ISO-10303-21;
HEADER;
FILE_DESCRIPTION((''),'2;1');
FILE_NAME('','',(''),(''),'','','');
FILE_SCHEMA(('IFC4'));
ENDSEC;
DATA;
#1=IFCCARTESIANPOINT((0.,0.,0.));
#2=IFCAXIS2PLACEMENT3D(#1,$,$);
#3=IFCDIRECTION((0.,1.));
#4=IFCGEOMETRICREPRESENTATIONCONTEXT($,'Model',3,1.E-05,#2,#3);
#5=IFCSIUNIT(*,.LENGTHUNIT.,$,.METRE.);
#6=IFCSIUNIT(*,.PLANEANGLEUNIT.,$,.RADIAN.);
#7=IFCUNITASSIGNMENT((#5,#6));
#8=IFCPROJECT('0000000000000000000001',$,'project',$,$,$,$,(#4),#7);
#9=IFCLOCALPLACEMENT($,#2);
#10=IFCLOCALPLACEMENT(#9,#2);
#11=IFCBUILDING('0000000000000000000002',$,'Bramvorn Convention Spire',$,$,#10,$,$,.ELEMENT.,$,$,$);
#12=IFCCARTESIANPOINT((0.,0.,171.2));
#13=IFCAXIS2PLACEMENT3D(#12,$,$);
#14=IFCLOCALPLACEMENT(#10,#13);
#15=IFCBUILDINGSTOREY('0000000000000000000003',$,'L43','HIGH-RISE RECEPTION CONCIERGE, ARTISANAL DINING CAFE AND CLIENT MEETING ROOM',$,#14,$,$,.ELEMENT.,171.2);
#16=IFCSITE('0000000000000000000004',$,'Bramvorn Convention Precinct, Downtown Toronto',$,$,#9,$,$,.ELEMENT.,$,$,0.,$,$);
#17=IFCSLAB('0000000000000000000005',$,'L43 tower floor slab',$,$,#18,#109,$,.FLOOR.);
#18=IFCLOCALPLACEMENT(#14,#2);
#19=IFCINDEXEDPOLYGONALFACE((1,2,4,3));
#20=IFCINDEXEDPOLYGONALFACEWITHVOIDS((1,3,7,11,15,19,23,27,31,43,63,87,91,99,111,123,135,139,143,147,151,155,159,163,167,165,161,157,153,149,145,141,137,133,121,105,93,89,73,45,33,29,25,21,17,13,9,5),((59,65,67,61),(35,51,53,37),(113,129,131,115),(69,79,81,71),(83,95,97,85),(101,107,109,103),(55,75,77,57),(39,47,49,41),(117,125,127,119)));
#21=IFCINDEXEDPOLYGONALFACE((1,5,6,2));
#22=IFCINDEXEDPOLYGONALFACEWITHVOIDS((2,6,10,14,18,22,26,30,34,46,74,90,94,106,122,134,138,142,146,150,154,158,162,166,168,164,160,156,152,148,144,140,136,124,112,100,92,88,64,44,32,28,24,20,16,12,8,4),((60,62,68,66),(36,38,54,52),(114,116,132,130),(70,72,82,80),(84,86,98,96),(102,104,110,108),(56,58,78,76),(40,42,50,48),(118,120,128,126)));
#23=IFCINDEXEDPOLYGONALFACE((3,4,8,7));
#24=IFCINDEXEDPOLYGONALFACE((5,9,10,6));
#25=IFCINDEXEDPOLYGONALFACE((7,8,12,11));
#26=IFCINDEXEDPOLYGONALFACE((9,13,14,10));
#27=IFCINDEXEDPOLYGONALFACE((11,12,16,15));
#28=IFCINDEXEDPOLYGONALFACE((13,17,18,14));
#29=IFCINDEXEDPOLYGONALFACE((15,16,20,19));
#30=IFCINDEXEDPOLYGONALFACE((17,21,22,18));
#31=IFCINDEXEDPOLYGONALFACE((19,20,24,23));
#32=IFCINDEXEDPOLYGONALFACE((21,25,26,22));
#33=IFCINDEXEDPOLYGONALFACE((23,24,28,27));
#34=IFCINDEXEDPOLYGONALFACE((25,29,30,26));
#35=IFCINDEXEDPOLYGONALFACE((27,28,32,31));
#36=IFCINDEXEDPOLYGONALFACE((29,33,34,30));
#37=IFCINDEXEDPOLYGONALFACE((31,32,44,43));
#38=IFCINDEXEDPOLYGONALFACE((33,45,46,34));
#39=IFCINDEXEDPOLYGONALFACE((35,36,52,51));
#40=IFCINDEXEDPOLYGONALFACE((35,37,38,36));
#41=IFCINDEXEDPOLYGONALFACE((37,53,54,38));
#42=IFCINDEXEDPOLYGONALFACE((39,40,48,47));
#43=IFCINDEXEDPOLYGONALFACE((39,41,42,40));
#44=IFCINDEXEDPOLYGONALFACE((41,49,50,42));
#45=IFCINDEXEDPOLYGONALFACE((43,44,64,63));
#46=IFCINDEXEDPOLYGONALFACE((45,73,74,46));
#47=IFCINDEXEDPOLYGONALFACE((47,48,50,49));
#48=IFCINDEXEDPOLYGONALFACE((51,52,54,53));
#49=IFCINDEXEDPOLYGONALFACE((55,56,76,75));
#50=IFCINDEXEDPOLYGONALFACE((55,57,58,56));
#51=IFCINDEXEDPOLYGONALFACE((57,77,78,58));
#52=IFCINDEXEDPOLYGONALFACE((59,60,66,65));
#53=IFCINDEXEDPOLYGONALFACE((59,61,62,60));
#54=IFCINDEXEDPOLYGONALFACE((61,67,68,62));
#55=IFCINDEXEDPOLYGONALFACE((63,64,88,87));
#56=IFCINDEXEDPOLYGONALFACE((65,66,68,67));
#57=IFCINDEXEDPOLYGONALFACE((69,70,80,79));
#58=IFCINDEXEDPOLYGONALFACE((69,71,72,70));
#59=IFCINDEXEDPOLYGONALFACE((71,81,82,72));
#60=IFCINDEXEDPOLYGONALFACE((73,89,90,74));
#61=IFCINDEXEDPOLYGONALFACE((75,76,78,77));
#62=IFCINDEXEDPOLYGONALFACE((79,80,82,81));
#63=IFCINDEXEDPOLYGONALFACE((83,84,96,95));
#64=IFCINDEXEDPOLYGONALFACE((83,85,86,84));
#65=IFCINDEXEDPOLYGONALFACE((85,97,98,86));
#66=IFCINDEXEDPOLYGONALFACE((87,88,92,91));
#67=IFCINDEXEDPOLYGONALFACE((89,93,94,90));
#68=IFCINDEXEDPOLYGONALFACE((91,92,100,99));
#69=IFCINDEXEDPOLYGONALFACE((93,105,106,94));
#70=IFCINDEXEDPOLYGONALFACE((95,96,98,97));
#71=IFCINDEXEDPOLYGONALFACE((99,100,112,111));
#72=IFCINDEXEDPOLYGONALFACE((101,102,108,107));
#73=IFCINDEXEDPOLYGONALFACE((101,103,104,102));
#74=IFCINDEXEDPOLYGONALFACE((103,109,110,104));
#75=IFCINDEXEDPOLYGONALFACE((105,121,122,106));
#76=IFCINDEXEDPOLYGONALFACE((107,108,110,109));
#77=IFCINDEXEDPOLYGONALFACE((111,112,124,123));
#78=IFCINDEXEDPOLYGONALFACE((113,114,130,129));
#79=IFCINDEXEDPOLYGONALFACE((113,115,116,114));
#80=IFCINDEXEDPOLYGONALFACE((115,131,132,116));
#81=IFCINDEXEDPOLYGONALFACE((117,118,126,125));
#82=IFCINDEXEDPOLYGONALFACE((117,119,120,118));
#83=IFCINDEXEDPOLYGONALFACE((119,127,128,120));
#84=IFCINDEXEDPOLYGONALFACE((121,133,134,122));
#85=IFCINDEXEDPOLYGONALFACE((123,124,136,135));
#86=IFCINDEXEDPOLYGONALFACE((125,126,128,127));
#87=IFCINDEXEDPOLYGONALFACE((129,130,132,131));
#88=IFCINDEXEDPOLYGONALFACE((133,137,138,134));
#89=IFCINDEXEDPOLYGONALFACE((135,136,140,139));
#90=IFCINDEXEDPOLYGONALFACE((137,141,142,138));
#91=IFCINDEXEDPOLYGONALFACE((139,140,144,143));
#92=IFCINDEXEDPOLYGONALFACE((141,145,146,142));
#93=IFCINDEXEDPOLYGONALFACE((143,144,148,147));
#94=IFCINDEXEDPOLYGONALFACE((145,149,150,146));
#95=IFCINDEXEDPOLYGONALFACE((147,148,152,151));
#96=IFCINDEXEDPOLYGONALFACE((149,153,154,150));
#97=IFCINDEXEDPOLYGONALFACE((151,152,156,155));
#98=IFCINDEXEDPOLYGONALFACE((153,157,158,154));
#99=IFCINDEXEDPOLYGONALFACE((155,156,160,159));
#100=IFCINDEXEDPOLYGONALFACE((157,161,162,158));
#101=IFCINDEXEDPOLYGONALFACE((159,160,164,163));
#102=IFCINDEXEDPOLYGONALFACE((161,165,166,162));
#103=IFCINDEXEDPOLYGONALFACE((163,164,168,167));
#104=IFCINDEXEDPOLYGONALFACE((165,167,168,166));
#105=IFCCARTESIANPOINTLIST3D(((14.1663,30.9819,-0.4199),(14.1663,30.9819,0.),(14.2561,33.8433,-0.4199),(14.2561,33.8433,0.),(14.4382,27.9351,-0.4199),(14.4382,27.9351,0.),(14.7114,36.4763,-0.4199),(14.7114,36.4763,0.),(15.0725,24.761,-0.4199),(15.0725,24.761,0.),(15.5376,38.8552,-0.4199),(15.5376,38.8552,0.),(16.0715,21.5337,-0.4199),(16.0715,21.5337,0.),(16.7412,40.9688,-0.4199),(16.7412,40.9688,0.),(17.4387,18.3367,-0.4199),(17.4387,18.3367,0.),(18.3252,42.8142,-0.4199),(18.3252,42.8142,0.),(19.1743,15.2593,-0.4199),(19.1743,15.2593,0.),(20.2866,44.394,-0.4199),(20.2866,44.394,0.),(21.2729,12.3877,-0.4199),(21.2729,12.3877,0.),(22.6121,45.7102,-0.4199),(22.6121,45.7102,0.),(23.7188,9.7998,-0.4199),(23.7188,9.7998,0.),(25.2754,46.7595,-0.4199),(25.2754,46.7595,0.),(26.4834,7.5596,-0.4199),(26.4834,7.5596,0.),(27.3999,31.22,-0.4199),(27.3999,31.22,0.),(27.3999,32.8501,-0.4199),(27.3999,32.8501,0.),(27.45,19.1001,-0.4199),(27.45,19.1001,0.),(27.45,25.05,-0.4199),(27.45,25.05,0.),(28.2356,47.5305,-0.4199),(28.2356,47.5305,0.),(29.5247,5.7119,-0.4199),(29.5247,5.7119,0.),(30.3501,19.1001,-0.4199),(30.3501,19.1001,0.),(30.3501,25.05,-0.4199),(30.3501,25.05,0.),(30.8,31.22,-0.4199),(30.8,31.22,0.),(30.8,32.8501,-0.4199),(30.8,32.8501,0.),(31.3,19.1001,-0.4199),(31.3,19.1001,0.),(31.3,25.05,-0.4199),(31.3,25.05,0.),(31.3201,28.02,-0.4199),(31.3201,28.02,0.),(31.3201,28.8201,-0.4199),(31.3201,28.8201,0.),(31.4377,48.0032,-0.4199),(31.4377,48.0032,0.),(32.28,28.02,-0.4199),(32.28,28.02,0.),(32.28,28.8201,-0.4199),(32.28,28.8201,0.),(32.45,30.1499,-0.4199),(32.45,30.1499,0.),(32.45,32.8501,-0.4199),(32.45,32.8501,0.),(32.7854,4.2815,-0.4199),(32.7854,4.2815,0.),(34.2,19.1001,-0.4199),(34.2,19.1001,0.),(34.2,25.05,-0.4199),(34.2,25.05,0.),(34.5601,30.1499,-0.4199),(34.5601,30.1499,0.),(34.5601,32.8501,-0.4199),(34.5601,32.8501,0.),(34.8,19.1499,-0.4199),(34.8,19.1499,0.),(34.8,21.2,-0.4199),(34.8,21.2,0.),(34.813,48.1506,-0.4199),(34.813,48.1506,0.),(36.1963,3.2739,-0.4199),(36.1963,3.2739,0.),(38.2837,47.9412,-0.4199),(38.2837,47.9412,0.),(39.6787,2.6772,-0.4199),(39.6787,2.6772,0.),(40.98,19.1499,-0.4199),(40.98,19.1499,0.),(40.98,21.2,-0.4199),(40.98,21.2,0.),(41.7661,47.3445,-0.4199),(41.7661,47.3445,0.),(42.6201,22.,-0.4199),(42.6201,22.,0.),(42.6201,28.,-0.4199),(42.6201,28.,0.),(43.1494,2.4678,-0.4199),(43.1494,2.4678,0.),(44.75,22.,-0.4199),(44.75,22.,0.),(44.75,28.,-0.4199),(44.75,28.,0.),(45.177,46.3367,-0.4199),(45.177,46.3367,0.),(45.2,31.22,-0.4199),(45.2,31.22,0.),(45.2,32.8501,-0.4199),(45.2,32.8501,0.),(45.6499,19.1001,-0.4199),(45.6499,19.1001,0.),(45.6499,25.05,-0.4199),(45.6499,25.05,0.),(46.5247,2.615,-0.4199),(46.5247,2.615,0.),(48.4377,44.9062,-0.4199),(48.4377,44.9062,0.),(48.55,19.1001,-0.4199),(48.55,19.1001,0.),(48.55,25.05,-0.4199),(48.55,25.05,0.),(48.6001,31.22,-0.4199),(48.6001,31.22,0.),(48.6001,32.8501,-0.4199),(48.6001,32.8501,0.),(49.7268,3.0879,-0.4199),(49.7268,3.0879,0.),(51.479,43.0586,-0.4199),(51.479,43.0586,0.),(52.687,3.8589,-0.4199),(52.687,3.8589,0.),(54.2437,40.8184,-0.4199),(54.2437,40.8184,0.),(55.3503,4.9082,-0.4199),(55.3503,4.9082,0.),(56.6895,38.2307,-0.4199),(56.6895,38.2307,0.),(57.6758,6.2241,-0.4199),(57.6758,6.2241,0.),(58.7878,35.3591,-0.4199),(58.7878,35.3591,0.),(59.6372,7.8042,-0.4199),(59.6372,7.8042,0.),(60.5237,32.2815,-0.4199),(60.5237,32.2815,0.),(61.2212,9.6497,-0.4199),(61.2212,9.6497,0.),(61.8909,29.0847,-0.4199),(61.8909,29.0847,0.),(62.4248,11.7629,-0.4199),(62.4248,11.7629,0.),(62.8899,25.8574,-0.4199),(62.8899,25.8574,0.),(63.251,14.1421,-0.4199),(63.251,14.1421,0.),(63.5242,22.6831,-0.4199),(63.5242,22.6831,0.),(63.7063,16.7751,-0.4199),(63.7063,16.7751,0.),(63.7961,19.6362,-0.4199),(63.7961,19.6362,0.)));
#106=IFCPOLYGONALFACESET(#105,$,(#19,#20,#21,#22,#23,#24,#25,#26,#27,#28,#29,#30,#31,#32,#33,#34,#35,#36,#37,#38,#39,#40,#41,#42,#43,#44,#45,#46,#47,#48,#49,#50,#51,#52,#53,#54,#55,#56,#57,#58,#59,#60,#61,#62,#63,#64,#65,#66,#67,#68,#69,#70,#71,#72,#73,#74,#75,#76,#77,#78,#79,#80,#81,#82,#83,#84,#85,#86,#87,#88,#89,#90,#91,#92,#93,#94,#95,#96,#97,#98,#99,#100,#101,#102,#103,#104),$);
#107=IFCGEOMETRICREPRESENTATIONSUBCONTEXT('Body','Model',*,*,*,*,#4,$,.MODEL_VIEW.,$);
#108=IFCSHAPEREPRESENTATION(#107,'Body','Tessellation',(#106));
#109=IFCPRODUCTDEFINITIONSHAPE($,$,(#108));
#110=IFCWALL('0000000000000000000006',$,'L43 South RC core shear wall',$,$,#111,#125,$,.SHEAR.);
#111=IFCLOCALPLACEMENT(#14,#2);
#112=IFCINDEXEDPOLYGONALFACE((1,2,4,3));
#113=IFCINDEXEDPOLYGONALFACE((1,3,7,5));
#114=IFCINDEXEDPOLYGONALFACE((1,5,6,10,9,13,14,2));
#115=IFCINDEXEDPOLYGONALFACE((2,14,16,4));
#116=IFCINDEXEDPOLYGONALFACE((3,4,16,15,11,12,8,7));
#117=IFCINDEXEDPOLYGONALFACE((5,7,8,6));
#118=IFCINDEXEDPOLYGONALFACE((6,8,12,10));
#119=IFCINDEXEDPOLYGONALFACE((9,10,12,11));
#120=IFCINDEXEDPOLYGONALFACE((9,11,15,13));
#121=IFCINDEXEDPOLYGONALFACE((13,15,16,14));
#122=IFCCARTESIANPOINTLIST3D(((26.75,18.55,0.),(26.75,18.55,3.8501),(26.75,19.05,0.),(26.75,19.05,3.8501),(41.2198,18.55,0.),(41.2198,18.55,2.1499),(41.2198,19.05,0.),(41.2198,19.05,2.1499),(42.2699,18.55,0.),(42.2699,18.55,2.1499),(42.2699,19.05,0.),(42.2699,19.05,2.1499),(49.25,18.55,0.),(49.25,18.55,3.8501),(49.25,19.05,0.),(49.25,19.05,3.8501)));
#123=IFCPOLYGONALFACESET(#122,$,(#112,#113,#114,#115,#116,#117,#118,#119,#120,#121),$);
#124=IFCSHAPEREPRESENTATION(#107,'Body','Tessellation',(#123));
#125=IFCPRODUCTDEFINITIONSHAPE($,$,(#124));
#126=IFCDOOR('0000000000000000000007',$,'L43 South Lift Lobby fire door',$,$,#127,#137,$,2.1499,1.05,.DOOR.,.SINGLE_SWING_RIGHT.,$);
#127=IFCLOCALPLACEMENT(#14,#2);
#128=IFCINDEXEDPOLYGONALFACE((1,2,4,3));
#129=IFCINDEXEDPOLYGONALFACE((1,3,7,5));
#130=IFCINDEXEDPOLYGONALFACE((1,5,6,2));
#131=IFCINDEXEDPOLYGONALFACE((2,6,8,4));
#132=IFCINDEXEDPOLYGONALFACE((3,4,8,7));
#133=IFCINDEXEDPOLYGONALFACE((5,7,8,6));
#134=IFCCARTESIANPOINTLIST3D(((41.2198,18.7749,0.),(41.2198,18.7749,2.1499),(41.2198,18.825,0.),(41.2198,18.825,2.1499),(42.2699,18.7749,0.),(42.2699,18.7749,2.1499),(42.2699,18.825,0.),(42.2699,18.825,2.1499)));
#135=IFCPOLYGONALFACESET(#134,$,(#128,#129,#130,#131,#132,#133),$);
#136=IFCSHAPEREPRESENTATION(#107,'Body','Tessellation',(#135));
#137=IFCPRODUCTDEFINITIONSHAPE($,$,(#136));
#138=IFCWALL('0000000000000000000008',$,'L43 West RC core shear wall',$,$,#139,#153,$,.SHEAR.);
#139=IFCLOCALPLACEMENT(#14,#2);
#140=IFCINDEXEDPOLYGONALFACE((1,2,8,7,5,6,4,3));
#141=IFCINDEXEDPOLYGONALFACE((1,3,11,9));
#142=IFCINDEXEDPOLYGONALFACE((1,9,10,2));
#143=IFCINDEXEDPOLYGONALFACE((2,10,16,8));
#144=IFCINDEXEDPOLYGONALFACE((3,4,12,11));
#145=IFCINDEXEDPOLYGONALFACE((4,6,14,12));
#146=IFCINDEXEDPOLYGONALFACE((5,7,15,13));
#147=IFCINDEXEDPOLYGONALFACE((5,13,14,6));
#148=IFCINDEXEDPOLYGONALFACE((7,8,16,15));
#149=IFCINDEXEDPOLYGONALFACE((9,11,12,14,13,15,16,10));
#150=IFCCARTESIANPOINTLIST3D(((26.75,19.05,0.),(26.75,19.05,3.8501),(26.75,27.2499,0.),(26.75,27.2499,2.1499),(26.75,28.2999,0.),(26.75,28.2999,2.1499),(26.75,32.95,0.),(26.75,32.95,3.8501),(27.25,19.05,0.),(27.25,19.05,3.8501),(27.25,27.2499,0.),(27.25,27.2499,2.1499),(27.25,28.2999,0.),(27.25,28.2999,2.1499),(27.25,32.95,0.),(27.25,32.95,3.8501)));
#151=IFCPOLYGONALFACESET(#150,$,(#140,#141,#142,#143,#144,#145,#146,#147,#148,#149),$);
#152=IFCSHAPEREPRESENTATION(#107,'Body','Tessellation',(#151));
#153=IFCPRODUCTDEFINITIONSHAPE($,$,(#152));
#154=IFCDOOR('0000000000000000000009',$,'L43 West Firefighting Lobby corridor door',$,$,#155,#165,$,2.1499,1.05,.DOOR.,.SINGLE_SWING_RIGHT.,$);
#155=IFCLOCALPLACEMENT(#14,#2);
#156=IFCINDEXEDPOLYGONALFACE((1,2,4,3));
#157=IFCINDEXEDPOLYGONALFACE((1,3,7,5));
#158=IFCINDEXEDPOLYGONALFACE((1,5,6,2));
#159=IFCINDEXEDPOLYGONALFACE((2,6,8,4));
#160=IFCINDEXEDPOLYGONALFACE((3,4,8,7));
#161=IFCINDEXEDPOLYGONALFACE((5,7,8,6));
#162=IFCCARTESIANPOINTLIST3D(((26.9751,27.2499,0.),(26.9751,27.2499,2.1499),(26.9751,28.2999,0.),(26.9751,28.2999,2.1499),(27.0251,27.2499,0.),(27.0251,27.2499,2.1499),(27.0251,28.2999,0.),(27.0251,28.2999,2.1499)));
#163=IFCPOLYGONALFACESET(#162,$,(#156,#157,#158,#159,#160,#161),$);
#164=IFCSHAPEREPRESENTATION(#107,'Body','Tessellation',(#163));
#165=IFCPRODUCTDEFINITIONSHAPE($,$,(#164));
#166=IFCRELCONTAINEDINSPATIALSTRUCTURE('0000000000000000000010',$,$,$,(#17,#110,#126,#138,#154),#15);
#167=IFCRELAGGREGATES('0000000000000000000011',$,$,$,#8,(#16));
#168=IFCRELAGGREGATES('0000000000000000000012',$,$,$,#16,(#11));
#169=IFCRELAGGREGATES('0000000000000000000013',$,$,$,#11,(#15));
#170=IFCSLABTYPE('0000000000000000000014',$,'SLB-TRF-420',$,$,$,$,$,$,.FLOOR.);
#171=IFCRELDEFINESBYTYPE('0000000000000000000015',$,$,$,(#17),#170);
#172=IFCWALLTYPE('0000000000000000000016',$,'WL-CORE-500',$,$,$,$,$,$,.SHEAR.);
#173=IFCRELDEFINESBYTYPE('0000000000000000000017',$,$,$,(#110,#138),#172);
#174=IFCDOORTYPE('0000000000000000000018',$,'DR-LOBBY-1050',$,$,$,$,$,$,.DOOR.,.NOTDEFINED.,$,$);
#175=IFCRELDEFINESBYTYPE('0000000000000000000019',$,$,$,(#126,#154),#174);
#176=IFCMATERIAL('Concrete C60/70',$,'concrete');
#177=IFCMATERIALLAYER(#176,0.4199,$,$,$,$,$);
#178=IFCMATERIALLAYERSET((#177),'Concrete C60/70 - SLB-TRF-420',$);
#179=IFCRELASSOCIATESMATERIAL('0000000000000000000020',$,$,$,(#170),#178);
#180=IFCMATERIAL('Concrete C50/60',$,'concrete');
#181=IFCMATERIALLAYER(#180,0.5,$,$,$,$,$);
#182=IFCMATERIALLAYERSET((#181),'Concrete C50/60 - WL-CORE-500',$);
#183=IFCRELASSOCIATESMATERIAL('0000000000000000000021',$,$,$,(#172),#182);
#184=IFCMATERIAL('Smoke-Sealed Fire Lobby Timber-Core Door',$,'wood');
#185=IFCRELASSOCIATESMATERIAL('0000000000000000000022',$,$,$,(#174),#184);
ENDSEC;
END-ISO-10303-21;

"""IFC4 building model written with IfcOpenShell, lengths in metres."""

from ifc_helpers import new_model, si_unit, direction, frame, frame_2d, origin, place, context, subcontext, project, spatial, polyline, rectangle, outline, extrude, material, layer, layer_set, type_object, element, fill, save


model = new_model("IFC4")

# Units and contexts
model_context = context("Model", 3, precision=1e-05, world=origin(), true_north=direction((0.0, 1.0)))
body_context = subcontext(model_context, "Body", "Model", "MODEL_VIEW")
ifc_project = project(units=[si_unit("LENGTHUNIT", "METRE"), si_unit("PLANEANGLEUNIT", "RADIAN")], contexts=[model_context])

# Site, building, storey
site_placement = place(None, origin())
site = spatial("IfcSite", under=ifc_project, at=site_placement, Name="Bramvorn Convention Precinct, Downtown Toronto", CompositionType="ELEMENT", RefElevation=0.0)
building_placement = place(site_placement, origin())
building = spatial("IfcBuilding", under=site, at=building_placement, Name="Bramvorn Convention Spire", CompositionType="ELEMENT")
storey_placement = place(building_placement, frame((0.0, 0.0, 171.2)))
storey = spatial("IfcBuildingStorey", under=building, at=storey_placement, Name="L43", Description="HIGH-RISE RECEPTION CONCIERGE, ARTISANAL DINING CAFE AND CLIENT MEETING ROOM", CompositionType="ELEMENT", Elevation=171.2)

# Slab
ifc_material_1 = material(Name="Concrete C60/70", Category="concrete")
ifc_layer_1 = layer(ifc_material_1, 0.4199)
ifc_layer_set_1 = layer_set([ifc_layer_1], Name="Concrete C60/70 - SLB-TRF-420")
slab_type_1 = type_object("IfcSlabType", Name="SLB-TRF-420", PredefinedType="FLOOR", material=ifc_layer_set_1)
slab_1_placement = place(storey_placement, frame((0.0, 0.0, -0.4199)))
element("IfcSlab", 1, at=slab_1_placement, inside=storey, type_object=slab_type_1, Name="L43 tower floor slab", PredefinedType="FLOOR", context=body_context, shape_type="SweptSolid", body=[
    extrude(outline(polyline([(61.2212, 9.6497), (62.4248, 11.7629), (63.251, 14.1421), (63.7063, 16.7751), (63.7961, 19.6362), (63.5242, 22.6831), (62.8899, 25.8574), (61.8909, 29.0847), (60.5237, 32.2815), (58.7878, 35.3591), (56.6895, 38.2307), (54.2437, 40.8184), (51.479, 43.0586), (48.4377, 44.9062), (45.177, 46.3367), (41.7661, 47.3445), (38.2837, 47.9412), (34.813, 48.1506), (31.4377, 48.0032), (28.2356, 47.5305), (25.2754, 46.7595), (22.6121, 45.7102), (20.2866, 44.394), (18.3252, 42.8142), (16.7412, 40.9688), (15.5376, 38.8552), (14.7114, 36.4763), (14.2561, 33.8433), (14.1663, 30.9819), (14.4382, 27.9351), (15.0725, 24.761), (16.0715, 21.5337), (17.4387, 18.3367), (19.1743, 15.2593), (21.2729, 12.3877), (23.7188, 9.7998), (26.4834, 7.5596), (29.5247, 5.7119), (32.7854, 4.2815), (36.1963, 3.2739), (39.6787, 2.6772), (43.1494, 2.4678), (46.5247, 2.615), (49.7268, 3.0879), (52.687, 3.8589), (55.3503, 4.9082), (57.6758, 6.2241), (59.6372, 7.8042), (61.2212, 9.6497)]), holes=[polyline([(27.45, 25.05), (27.45, 19.1001), (30.3501, 19.1001), (30.3501, 25.05), (27.45, 25.05)]), polyline([(45.6499, 25.05), (45.6499, 19.1001), (48.55, 19.1001), (48.55, 25.05), (45.6499, 25.05)]), polyline([(31.3, 25.05), (31.3, 19.1001), (34.2, 19.1001), (34.2, 25.05), (31.3, 25.05)]), polyline([(27.3999, 31.22), (30.8, 31.22), (30.8, 32.8501), (27.3999, 32.8501), (27.3999, 31.22)]), polyline([(45.2, 31.22), (48.6001, 31.22), (48.6001, 32.8501), (45.2, 32.8501), (45.2, 31.22)]), polyline([(32.45, 30.1499), (34.5601, 30.1499), (34.5601, 32.8501), (32.45, 32.8501), (32.45, 30.1499)]), polyline([(34.8, 19.1499), (40.98, 19.1499), (40.98, 21.2), (34.8, 21.2), (34.8, 19.1499)]), polyline([(42.6201, 22.0), (44.75, 22.0), (44.75, 28.0), (42.6201, 28.0), (42.6201, 22.0)]), polyline([(31.3201, 28.02), (32.28, 28.02), (32.28, 28.8201), (31.3201, 28.8201), (31.3201, 28.02)])]), origin(), (0.0, 0.0, 1.0), 0.4199),
])

# Walls, openings, doors
ifc_material_2 = material(Name="Concrete C50/60", Category="concrete")
ifc_layer_2 = layer(ifc_material_2, 0.5)
ifc_layer_set_2 = layer_set([ifc_layer_2], Name="Concrete C50/60 - WL-CORE-500")
wall_type_1 = type_object("IfcWallType", Name="WL-CORE-500", PredefinedType="SHEAR", material=ifc_layer_set_2)
wall_1_placement = place(storey_placement, frame((26.75, 18.8, 0.0), z_axis=(0.0, 0.0, 1.0), x_axis=(1.0, 0.0, 0.0)))
wall_1 = element("IfcWall", 2, at=wall_1_placement, inside=storey, type_object=wall_type_1, Name="L43 South RC core shear wall", PredefinedType="SHEAR", context=body_context, shape_type="SweptSolid", body=[
    extrude(rectangle(XDim=22.5, YDim=0.5, at=frame_2d((11.25, 0.0))), origin(), (0.0, 0.0, 1.0), 3.8501),
])
opening_1_placement = place(wall_1_placement, frame((14.47, 0.0, 0.0)))
opening_1 = element("IfcOpeningElement", 3, at=opening_1_placement, cuts=wall_1, PredefinedType="OPENING", context=body_context, shape_type="SweptSolid", body=[
    extrude(rectangle(XDim=1.05, YDim=2.1499, at=frame_2d((0.5249, 1.075))), frame((0.0, 0.26, 0.0), z_axis=(0.0, -1.0, 0.0), x_axis=(1.0, 0.0, 0.0)), (0.0, 0.0, 1.0), 0.52),
])
ifc_material_3 = material(Name="Smoke-Sealed Fire Lobby Timber-Core Door", Category="wood")
door_type_1 = type_object("IfcDoorType", Name="DR-LOBBY-1050", OperationType="NOTDEFINED", PredefinedType="DOOR", material=ifc_material_3)
door_1_placement = place(opening_1_placement, origin())
door_1 = element("IfcDoor", 4, at=door_1_placement, inside=storey, type_object=door_type_1, Name="L43 South Lift Lobby fire door", OperationType="SINGLE_SWING_RIGHT", OverallHeight=2.1499, OverallWidth=1.05, PredefinedType="DOOR", context=body_context, shape_type="SweptSolid", body=[
    extrude(rectangle(XDim=1.05, YDim=2.1499, at=frame_2d((0.5249, 1.075))), frame((0.0, 0.0249, 0.0), z_axis=(0.0, -1.0, 0.0), x_axis=(1.0, 0.0, 0.0)), (0.0, 0.0, 1.0), 0.05),
])
fill(opening_1, door_1)
wall_2_placement = place(storey_placement, frame((27.0, 19.05, 0.0), z_axis=(0.0, 0.0, 1.0), x_axis=(0.0, 1.0, 0.0)))
wall_2 = element("IfcWall", 5, at=wall_2_placement, inside=storey, type_object=wall_type_1, Name="L43 West RC core shear wall", PredefinedType="SHEAR", context=body_context, shape_type="SweptSolid", body=[
    extrude(rectangle(XDim=13.8999, YDim=0.5, at=frame_2d((6.95, 0.0))), origin(), (0.0, 0.0, 1.0), 3.8501),
])
opening_2_placement = place(wall_2_placement, frame((8.2, 0.0, 0.0)))
opening_2 = element("IfcOpeningElement", 6, at=opening_2_placement, cuts=wall_2, PredefinedType="OPENING", context=body_context, shape_type="SweptSolid", body=[
    extrude(rectangle(XDim=1.05, YDim=2.1499, at=frame_2d((0.5249, 1.075))), frame((0.0, 0.26, 0.0), z_axis=(0.0, -1.0, 0.0), x_axis=(1.0, 0.0, 0.0)), (0.0, 0.0, 1.0), 0.52),
])
door_2_placement = place(opening_2_placement, origin())
door_2 = element("IfcDoor", 7, at=door_2_placement, inside=storey, type_object=door_type_1, Name="L43 West Firefighting Lobby corridor door", OperationType="SINGLE_SWING_RIGHT", OverallHeight=2.1499, OverallWidth=1.05, PredefinedType="DOOR", context=body_context, shape_type="SweptSolid", body=[
    extrude(rectangle(XDim=1.05, YDim=2.1499, at=frame_2d((0.5249, 1.075))), frame((0.0, 0.0249, 0.0), z_axis=(0.0, -1.0, 0.0), x_axis=(1.0, 0.0, 0.0)), (0.0, 0.0, 1.0), 0.05),
])
fill(opening_2, door_2)

save(model, "model.ifc")
